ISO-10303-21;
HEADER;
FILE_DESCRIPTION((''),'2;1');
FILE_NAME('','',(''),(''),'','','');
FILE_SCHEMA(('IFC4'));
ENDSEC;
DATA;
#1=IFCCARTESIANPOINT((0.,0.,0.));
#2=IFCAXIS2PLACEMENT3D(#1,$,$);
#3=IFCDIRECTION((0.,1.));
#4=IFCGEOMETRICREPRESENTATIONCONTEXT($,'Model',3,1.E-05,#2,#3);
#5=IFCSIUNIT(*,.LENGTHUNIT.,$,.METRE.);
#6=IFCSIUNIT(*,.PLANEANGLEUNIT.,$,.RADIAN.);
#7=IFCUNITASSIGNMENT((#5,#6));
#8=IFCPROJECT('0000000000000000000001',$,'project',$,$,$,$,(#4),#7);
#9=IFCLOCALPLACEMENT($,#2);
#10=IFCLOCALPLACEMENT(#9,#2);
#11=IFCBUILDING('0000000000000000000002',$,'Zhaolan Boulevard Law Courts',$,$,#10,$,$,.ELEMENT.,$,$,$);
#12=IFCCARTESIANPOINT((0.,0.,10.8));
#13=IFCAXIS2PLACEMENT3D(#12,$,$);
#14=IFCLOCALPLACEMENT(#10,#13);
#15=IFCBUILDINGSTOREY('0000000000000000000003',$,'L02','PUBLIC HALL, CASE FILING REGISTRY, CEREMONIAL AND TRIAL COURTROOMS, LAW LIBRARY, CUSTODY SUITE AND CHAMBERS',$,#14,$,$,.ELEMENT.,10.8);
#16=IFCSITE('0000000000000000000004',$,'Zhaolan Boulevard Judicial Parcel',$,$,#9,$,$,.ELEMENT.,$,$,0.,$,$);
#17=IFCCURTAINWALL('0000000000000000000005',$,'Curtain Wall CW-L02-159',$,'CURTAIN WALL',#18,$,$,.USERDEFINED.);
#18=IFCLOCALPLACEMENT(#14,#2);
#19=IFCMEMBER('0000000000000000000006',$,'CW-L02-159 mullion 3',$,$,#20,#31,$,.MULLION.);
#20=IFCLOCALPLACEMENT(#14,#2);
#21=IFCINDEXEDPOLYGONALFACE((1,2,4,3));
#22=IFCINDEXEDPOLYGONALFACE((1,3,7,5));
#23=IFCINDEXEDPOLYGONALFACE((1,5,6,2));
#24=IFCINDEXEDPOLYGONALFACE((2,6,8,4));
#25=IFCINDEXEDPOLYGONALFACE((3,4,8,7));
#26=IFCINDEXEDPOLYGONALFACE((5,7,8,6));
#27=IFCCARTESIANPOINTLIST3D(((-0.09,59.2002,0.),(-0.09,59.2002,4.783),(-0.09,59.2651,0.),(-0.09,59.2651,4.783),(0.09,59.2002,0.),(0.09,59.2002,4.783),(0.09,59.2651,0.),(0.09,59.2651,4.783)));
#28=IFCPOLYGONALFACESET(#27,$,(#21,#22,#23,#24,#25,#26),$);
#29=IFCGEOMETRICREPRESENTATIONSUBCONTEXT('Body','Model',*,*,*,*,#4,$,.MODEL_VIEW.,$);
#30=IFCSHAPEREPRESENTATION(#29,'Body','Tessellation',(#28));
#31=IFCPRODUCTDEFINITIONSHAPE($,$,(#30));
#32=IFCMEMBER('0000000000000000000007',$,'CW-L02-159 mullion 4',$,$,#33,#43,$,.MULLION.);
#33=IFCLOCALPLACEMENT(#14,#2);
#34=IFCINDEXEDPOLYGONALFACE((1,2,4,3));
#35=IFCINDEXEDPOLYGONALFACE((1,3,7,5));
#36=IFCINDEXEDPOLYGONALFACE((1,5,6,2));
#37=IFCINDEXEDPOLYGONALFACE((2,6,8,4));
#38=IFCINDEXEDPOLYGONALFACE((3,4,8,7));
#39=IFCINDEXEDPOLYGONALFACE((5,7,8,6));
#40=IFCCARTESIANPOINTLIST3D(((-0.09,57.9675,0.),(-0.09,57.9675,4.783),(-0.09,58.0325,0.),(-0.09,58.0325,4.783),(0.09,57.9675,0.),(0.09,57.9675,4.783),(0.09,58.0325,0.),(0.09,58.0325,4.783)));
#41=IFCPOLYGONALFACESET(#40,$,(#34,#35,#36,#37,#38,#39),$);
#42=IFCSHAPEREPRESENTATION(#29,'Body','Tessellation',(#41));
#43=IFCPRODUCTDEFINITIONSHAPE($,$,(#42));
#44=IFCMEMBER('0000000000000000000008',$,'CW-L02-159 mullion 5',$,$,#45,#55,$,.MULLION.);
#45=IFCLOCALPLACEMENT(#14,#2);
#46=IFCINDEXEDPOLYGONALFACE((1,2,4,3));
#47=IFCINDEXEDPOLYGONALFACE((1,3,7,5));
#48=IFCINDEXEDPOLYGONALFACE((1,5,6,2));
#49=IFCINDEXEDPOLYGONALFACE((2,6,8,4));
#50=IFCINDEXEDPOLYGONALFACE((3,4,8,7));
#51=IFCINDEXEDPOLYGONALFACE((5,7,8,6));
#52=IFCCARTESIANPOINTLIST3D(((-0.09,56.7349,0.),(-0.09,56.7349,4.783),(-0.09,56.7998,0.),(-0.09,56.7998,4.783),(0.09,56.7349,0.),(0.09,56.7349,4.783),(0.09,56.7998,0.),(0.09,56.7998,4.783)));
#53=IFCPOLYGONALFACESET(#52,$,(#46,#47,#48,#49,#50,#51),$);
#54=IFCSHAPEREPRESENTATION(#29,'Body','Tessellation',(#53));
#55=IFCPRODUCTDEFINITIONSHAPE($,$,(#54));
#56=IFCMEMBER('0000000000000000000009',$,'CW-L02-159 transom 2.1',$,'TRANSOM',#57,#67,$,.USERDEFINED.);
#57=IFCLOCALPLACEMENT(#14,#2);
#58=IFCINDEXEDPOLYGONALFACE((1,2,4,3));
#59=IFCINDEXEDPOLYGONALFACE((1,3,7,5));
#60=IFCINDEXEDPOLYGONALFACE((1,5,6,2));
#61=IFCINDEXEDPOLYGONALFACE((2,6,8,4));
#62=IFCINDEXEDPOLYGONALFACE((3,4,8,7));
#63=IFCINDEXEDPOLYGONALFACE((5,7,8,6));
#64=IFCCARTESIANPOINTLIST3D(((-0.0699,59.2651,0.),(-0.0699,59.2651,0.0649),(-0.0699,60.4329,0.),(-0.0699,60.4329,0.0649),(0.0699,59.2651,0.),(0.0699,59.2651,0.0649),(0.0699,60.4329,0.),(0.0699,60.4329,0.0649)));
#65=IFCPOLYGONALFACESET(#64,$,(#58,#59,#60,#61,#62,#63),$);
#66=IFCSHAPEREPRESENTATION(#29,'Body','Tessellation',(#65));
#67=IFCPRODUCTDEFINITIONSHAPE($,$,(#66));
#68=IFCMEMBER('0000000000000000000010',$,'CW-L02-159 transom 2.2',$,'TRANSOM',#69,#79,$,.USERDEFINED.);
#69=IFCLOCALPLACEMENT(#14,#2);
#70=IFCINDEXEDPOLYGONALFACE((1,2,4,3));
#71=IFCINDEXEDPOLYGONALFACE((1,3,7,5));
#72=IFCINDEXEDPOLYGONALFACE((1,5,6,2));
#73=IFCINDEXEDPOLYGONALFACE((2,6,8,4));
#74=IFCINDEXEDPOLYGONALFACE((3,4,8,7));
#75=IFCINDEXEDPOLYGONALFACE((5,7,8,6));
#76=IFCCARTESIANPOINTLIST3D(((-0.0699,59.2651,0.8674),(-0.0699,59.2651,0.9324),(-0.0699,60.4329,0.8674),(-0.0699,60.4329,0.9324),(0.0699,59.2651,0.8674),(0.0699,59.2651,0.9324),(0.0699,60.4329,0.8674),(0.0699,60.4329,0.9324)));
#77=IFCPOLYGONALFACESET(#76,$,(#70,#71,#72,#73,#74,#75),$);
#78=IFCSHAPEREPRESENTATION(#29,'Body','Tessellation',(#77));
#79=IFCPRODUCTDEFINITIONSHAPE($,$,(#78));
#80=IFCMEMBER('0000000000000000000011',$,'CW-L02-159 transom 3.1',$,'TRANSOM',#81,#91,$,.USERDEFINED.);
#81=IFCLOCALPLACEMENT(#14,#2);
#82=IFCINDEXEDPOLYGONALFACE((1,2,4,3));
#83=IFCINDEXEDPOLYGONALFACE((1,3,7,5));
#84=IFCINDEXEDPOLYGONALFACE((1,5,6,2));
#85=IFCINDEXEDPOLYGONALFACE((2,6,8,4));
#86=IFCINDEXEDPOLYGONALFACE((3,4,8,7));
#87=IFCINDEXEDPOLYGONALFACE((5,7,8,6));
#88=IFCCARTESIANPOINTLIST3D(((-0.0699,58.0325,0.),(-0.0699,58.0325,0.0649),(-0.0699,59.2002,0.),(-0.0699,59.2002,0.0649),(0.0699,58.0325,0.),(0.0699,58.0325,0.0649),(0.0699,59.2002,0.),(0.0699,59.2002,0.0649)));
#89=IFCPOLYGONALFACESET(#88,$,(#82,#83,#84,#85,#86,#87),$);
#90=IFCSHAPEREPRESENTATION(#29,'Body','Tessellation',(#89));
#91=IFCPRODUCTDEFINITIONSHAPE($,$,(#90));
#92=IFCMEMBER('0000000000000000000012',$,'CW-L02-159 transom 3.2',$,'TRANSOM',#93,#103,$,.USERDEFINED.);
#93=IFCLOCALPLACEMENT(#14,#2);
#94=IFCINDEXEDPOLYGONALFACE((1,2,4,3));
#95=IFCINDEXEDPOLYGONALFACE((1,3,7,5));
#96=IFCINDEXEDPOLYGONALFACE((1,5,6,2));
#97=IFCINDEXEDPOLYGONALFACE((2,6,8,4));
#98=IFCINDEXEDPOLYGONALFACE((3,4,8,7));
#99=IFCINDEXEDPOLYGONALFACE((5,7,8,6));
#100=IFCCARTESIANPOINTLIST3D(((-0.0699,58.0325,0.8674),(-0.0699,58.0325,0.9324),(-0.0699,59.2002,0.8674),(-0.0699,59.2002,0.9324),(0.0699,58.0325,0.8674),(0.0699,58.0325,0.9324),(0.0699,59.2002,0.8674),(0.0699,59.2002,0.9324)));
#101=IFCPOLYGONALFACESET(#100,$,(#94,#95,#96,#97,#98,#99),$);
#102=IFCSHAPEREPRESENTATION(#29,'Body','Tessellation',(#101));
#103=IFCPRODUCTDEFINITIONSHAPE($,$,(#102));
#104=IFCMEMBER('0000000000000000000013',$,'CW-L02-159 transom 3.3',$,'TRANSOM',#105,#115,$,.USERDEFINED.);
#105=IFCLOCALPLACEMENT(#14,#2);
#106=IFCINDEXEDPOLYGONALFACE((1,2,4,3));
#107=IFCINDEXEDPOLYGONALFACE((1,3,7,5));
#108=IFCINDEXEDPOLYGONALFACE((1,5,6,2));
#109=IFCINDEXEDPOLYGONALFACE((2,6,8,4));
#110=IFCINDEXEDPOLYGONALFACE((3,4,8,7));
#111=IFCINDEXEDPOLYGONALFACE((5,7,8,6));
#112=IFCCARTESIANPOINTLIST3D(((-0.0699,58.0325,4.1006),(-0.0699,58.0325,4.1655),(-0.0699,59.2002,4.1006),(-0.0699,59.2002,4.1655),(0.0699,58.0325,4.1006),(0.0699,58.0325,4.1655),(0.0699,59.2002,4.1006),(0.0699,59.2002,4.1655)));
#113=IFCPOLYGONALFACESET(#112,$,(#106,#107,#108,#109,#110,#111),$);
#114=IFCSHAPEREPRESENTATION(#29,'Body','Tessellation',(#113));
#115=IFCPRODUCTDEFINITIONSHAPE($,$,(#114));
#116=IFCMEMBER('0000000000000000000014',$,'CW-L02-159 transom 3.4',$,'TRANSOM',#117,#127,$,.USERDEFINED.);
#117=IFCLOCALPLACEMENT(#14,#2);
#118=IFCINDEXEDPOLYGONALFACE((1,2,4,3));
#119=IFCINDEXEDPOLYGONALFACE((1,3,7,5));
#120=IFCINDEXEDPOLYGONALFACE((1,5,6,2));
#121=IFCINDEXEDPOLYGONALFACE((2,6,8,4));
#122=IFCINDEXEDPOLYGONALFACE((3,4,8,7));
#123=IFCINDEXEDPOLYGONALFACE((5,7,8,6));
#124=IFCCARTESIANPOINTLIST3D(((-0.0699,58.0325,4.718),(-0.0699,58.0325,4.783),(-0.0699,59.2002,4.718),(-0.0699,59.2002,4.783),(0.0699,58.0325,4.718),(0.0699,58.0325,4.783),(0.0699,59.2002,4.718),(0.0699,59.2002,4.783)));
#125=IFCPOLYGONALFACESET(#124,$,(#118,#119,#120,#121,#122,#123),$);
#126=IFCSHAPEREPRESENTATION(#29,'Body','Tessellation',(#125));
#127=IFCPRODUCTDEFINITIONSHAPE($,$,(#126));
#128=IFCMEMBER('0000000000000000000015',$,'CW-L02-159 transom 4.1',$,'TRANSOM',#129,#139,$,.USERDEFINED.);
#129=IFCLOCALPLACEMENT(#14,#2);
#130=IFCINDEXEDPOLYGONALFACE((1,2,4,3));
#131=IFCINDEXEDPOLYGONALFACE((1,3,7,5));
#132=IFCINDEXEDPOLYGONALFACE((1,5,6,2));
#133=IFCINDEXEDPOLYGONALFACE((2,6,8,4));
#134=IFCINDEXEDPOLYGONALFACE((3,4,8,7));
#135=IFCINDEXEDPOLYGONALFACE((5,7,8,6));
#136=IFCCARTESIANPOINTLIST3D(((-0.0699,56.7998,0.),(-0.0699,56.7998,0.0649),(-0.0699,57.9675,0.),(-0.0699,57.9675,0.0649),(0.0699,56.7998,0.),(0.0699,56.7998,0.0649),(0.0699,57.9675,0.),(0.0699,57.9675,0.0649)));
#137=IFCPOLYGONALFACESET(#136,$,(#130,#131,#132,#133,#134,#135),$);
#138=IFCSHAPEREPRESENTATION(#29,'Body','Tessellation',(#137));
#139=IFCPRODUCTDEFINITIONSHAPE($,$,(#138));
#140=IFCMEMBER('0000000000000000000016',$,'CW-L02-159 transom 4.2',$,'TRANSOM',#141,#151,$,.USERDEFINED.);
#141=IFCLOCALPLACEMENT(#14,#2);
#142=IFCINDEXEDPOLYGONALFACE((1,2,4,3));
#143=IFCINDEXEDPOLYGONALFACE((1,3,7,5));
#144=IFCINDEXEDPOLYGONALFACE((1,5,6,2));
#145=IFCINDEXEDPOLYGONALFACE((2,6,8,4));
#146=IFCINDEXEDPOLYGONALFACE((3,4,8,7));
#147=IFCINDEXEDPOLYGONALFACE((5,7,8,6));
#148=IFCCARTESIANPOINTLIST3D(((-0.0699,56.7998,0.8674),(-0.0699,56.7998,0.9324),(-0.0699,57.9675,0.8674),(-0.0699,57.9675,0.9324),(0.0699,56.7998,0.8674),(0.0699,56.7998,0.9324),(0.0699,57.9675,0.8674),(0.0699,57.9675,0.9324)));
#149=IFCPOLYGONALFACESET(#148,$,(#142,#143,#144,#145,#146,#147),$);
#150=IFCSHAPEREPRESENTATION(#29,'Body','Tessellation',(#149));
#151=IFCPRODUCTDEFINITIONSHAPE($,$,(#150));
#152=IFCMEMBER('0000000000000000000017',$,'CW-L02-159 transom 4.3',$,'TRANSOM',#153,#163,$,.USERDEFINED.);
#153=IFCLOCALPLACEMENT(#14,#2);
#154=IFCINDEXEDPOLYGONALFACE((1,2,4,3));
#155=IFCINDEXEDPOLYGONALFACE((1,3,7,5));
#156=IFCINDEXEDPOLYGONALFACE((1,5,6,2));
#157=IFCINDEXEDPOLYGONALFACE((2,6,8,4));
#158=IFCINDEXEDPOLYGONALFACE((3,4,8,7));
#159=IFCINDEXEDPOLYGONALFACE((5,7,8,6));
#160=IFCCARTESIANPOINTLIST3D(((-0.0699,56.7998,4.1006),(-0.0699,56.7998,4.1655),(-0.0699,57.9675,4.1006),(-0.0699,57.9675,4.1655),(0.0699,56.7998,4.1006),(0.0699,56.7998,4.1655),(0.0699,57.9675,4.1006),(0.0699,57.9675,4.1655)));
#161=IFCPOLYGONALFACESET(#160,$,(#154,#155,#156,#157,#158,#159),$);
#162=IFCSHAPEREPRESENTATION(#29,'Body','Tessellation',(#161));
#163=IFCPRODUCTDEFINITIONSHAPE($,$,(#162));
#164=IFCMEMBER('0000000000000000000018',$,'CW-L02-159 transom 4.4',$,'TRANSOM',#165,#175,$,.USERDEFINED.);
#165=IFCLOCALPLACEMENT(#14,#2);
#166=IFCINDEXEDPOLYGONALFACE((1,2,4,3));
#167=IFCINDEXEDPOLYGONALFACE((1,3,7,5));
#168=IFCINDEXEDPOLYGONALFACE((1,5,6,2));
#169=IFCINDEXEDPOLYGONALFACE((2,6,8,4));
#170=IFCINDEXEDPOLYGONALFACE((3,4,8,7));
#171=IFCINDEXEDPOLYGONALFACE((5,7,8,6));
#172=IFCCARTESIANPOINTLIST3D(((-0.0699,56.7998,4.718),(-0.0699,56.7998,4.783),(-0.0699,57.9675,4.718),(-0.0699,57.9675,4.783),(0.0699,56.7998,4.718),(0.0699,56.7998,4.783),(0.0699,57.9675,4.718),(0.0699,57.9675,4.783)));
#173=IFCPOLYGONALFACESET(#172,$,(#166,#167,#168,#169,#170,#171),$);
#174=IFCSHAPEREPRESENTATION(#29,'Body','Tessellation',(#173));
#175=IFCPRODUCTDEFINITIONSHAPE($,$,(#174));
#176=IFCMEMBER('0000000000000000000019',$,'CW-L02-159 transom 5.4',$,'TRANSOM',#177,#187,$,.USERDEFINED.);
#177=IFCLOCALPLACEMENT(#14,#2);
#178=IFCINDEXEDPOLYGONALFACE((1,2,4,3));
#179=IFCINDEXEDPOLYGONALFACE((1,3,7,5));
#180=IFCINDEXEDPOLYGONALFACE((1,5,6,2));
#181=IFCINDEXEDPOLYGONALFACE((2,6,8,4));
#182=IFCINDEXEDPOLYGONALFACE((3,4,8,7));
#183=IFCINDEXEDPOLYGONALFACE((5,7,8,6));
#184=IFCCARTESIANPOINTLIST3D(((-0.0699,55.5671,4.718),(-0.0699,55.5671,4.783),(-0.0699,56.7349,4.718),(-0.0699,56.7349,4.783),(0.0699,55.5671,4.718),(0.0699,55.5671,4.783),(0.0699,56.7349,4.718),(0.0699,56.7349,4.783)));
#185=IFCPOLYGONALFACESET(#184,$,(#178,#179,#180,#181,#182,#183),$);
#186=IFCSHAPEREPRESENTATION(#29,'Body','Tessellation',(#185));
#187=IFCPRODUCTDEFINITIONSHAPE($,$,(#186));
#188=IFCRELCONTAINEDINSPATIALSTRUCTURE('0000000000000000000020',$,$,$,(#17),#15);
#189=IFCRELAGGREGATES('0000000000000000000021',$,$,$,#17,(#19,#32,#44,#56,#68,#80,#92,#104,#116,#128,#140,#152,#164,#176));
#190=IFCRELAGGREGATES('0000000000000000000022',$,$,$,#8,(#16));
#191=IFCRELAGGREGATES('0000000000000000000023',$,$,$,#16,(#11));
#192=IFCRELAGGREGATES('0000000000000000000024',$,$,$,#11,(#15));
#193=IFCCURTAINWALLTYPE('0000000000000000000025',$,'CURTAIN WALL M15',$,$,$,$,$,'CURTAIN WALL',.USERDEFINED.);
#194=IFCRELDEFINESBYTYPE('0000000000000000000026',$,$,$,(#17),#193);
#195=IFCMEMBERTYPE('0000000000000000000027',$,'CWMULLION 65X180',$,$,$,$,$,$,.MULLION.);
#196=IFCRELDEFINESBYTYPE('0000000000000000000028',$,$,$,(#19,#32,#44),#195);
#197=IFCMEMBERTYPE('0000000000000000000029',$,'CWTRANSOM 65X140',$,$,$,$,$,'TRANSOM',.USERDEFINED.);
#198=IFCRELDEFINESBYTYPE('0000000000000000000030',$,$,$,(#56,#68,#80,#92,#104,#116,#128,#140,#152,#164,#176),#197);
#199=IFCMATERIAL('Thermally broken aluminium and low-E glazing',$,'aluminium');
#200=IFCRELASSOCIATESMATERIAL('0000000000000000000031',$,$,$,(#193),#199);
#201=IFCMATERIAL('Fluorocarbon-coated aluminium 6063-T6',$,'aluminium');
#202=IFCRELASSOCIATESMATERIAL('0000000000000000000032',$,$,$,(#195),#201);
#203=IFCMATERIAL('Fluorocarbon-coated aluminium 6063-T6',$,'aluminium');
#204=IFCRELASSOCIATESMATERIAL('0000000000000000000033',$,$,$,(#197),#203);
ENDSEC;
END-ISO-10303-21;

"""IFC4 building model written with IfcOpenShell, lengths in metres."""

from ifc_helpers import new_model, si_unit, direction, frame, origin, origin_2d, place, context, subcontext, project, spatial, rectangle, extrude, material, material_profile, profile_set, type_object, element, aggregate, save


model = new_model("IFC4")

# Units and contexts
model_context = context("Model", 3, precision=1e-05, world=origin(), true_north=direction((0.0, 1.0)))
body_context = subcontext(model_context, "Body", "Model", "MODEL_VIEW")
ifc_project = project(units=[si_unit("LENGTHUNIT", "METRE"), si_unit("PLANEANGLEUNIT", "RADIAN")], contexts=[model_context])

# Site, building, storey
site_placement = place(None, origin())
site = spatial("IfcSite", under=ifc_project, at=site_placement, Name="Zhaolan Boulevard Judicial Parcel", CompositionType="ELEMENT", RefElevation=0.0)
building_placement = place(site_placement, origin())
building = spatial("IfcBuilding", under=site, at=building_placement, Name="Zhaolan Boulevard Law Courts", CompositionType="ELEMENT")
storey_placement = place(building_placement, frame((0.0, 0.0, 10.8)))
storey = spatial("IfcBuildingStorey", under=building, at=storey_placement, Name="L02", Description="PUBLIC HALL, CASE FILING REGISTRY, CEREMONIAL AND TRIAL COURTROOMS, LAW LIBRARY, CUSTODY SUITE AND CHAMBERS", CompositionType="ELEMENT", Elevation=10.8)

# Curtain wall, members
ifc_material_1 = material(Name="Thermally broken aluminium and low-E glazing", Category="aluminium")
curtain_wall_type = type_object("IfcCurtainWallType", Name="CURTAIN WALL M15", ElementType="CURTAIN WALL", PredefinedType="USERDEFINED", material=ifc_material_1)
curtain_wall_placement = place(storey_placement, origin())
curtain_wall = element("IfcCurtainWall", 1, at=curtain_wall_placement, inside=storey, type_object=curtain_wall_type, Name="Curtain Wall CW-L02-159", ObjectType="CURTAIN WALL", PredefinedType="USERDEFINED")
ifc_material_2 = material(Name="Fluorocarbon-coated aluminium 6063-T6", Category="aluminium")
ifc_material_profile_1 = material_profile(ifc_material_2, rectangle(XDim=0.1799, YDim=0.0649, at=origin_2d()), Name="AL65x180")
ifc_profile_set_1 = profile_set([ifc_material_profile_1], Name="Fluorocarbon-coated aluminium 6063-T6")
member_type_1 = type_object("IfcMemberType", Name="CWMULLION 65X180", PredefinedType="MULLION", material=ifc_profile_set_1)
member_1_placement = place(storey_placement, frame((0.0, 59.2327, 0.0), z_axis=(0.0, 0.0, 1.0), x_axis=(1.0, 0.0, 0.0)))
member_1 = element("IfcMember", 2, at=member_1_placement, type_object=member_type_1, Name="CW-L02-159 mullion 3", PredefinedType="MULLION", context=body_context, shape_type="SweptSolid", body=[
    extrude(rectangle(XDim=0.1799, YDim=0.0649, at=origin_2d()), origin(), (0.0, 0.0, 1.0), 4.783),
])
member_2_placement = place(storey_placement, frame((0.0, 58.0, 0.0), z_axis=(0.0, 0.0, 1.0), x_axis=(1.0, 0.0, 0.0)))
member_2 = element("IfcMember", 3, at=member_2_placement, type_object=member_type_1, Name="CW-L02-159 mullion 4", PredefinedType="MULLION", context=body_context, shape_type="SweptSolid", body=[
    extrude(rectangle(XDim=0.1799, YDim=0.0649, at=origin_2d()), origin(), (0.0, 0.0, 1.0), 4.783),
])
member_3_placement = place(storey_placement, frame((0.0, 56.7673, 0.0), z_axis=(0.0, 0.0, 1.0), x_axis=(1.0, 0.0, 0.0)))
member_3 = element("IfcMember", 4, at=member_3_placement, type_object=member_type_1, Name="CW-L02-159 mullion 5", PredefinedType="MULLION", context=body_context, shape_type="SweptSolid", body=[
    extrude(rectangle(XDim=0.1799, YDim=0.0649, at=origin_2d()), origin(), (0.0, 0.0, 1.0), 4.783),
])
ifc_material_3 = material(Name="Fluorocarbon-coated aluminium 6063-T6", Category="aluminium")
ifc_material_profile_2 = material_profile(ifc_material_3, rectangle(XDim=0.1399, YDim=0.0649, at=origin_2d()), Name="AL65x140")
ifc_profile_set_2 = profile_set([ifc_material_profile_2], Name="Fluorocarbon-coated aluminium 6063-T6")
member_type_2 = type_object("IfcMemberType", Name="CWTRANSOM 65X140", ElementType="TRANSOM", PredefinedType="USERDEFINED", material=ifc_profile_set_2)
member_4_placement = place(storey_placement, frame((0.0, 60.4329, 0.0325), z_axis=(0.0, -1.0, 0.0), x_axis=(1.0, 0.0, 0.0)))
member_4 = element("IfcMember", 5, at=member_4_placement, type_object=member_type_2, Name="CW-L02-159 transom 2.1", ObjectType="TRANSOM", PredefinedType="USERDEFINED", context=body_context, shape_type="SweptSolid", body=[
    extrude(rectangle(XDim=0.1399, YDim=0.0649, at=origin_2d()), origin(), (0.0, 0.0, 1.0), 1.1677),
])
member_5_placement = place(storey_placement, frame((0.0, 60.4329, 0.8999), z_axis=(0.0, -1.0, 0.0), x_axis=(1.0, 0.0, 0.0)))
member_5 = element("IfcMember", 6, at=member_5_placement, type_object=member_type_2, Name="CW-L02-159 transom 2.2", ObjectType="TRANSOM", PredefinedType="USERDEFINED", context=body_context, shape_type="SweptSolid", body=[
    extrude(rectangle(XDim=0.1399, YDim=0.0649, at=origin_2d()), origin(), (0.0, 0.0, 1.0), 1.1677),
])
member_6_placement = place(storey_placement, frame((0.0, 59.2002, 0.0325), z_axis=(0.0, -1.0, 0.0), x_axis=(1.0, 0.0, 0.0)))
member_6 = element("IfcMember", 7, at=member_6_placement, type_object=member_type_2, Name="CW-L02-159 transom 3.1", ObjectType="TRANSOM", PredefinedType="USERDEFINED", context=body_context, shape_type="SweptSolid", body=[
    extrude(rectangle(XDim=0.1399, YDim=0.0649, at=origin_2d()), origin(), (0.0, 0.0, 1.0), 1.1677),
])
member_7_placement = place(storey_placement, frame((0.0, 59.2002, 0.8999), z_axis=(0.0, -1.0, 0.0), x_axis=(1.0, 0.0, 0.0)))
member_7 = element("IfcMember", 8, at=member_7_placement, type_object=member_type_2, Name="CW-L02-159 transom 3.2", ObjectType="TRANSOM", PredefinedType="USERDEFINED", context=body_context, shape_type="SweptSolid", body=[
    extrude(rectangle(XDim=0.1399, YDim=0.0649, at=origin_2d()), origin(), (0.0, 0.0, 1.0), 1.1677),
])
member_8_placement = place(storey_placement, frame((0.0, 59.2002, 4.1331), z_axis=(0.0, -1.0, 0.0), x_axis=(1.0, 0.0, 0.0)))
member_8 = element("IfcMember", 9, at=member_8_placement, type_object=member_type_2, Name="CW-L02-159 transom 3.3", ObjectType="TRANSOM", PredefinedType="USERDEFINED", context=body_context, shape_type="SweptSolid", body=[
    extrude(rectangle(XDim=0.1399, YDim=0.0649, at=origin_2d()), origin(), (0.0, 0.0, 1.0), 1.1677),
])
member_9_placement = place(storey_placement, frame((0.0, 59.2002, 4.7505), z_axis=(0.0, -1.0, 0.0), x_axis=(1.0, 0.0, 0.0)))
member_9 = element("IfcMember", 10, at=member_9_placement, type_object=member_type_2, Name="CW-L02-159 transom 3.4", ObjectType="TRANSOM", PredefinedType="USERDEFINED", context=body_context, shape_type="SweptSolid", body=[
    extrude(rectangle(XDim=0.1399, YDim=0.0649, at=origin_2d()), origin(), (0.0, 0.0, 1.0), 1.1677),
])
member_10_placement = place(storey_placement, frame((0.0, 57.9675, 0.0325), z_axis=(0.0, -1.0, 0.0), x_axis=(1.0, 0.0, 0.0)))
member_10 = element("IfcMember", 11, at=member_10_placement, type_object=member_type_2, Name="CW-L02-159 transom 4.1", ObjectType="TRANSOM", PredefinedType="USERDEFINED", context=body_context, shape_type="SweptSolid", body=[
    extrude(rectangle(XDim=0.1399, YDim=0.0649, at=origin_2d()), origin(), (0.0, 0.0, 1.0), 1.1677),
])
member_11_placement = place(storey_placement, frame((0.0, 57.9675, 0.8999), z_axis=(0.0, -1.0, 0.0), x_axis=(1.0, 0.0, 0.0)))
member_11 = element("IfcMember", 12, at=member_11_placement, type_object=member_type_2, Name="CW-L02-159 transom 4.2", ObjectType="TRANSOM", PredefinedType="USERDEFINED", context=body_context, shape_type="SweptSolid", body=[
    extrude(rectangle(XDim=0.1399, YDim=0.0649, at=origin_2d()), origin(), (0.0, 0.0, 1.0), 1.1677),
])
member_12_placement = place(storey_placement, frame((0.0, 57.9675, 4.1331), z_axis=(0.0, -1.0, 0.0), x_axis=(1.0, 0.0, 0.0)))
member_12 = element("IfcMember", 13, at=member_12_placement, type_object=member_type_2, Name="CW-L02-159 transom 4.3", ObjectType="TRANSOM", PredefinedType="USERDEFINED", context=body_context, shape_type="SweptSolid", body=[
    extrude(rectangle(XDim=0.1399, YDim=0.0649, at=origin_2d()), origin(), (0.0, 0.0, 1.0), 1.1677),
])
member_13_placement = place(storey_placement, frame((0.0, 57.9675, 4.7505), z_axis=(0.0, -1.0, 0.0), x_axis=(1.0, 0.0, 0.0)))
member_13 = element("IfcMember", 14, at=member_13_placement, type_object=member_type_2, Name="CW-L02-159 transom 4.4", ObjectType="TRANSOM", PredefinedType="USERDEFINED", context=body_context, shape_type="SweptSolid", body=[
    extrude(rectangle(XDim=0.1399, YDim=0.0649, at=origin_2d()), origin(), (0.0, 0.0, 1.0), 1.1677),
])
member_14_placement = place(storey_placement, frame((0.0, 56.7349, 4.7505), z_axis=(0.0, -1.0, 0.0), x_axis=(1.0, 0.0, 0.0)))
member_14 = element("IfcMember", 15, at=member_14_placement, type_object=member_type_2, Name="CW-L02-159 transom 5.4", ObjectType="TRANSOM", PredefinedType="USERDEFINED", context=body_context, shape_type="SweptSolid", body=[
    extrude(rectangle(XDim=0.1399, YDim=0.0649, at=origin_2d()), origin(), (0.0, 0.0, 1.0), 1.1677),
])
aggregate(curtain_wall, [member_1, member_2, member_3, member_4, member_5, member_6, member_7, member_8, member_9, member_10, member_11, member_12, member_13, member_14])

save(model, "model.ifc")
